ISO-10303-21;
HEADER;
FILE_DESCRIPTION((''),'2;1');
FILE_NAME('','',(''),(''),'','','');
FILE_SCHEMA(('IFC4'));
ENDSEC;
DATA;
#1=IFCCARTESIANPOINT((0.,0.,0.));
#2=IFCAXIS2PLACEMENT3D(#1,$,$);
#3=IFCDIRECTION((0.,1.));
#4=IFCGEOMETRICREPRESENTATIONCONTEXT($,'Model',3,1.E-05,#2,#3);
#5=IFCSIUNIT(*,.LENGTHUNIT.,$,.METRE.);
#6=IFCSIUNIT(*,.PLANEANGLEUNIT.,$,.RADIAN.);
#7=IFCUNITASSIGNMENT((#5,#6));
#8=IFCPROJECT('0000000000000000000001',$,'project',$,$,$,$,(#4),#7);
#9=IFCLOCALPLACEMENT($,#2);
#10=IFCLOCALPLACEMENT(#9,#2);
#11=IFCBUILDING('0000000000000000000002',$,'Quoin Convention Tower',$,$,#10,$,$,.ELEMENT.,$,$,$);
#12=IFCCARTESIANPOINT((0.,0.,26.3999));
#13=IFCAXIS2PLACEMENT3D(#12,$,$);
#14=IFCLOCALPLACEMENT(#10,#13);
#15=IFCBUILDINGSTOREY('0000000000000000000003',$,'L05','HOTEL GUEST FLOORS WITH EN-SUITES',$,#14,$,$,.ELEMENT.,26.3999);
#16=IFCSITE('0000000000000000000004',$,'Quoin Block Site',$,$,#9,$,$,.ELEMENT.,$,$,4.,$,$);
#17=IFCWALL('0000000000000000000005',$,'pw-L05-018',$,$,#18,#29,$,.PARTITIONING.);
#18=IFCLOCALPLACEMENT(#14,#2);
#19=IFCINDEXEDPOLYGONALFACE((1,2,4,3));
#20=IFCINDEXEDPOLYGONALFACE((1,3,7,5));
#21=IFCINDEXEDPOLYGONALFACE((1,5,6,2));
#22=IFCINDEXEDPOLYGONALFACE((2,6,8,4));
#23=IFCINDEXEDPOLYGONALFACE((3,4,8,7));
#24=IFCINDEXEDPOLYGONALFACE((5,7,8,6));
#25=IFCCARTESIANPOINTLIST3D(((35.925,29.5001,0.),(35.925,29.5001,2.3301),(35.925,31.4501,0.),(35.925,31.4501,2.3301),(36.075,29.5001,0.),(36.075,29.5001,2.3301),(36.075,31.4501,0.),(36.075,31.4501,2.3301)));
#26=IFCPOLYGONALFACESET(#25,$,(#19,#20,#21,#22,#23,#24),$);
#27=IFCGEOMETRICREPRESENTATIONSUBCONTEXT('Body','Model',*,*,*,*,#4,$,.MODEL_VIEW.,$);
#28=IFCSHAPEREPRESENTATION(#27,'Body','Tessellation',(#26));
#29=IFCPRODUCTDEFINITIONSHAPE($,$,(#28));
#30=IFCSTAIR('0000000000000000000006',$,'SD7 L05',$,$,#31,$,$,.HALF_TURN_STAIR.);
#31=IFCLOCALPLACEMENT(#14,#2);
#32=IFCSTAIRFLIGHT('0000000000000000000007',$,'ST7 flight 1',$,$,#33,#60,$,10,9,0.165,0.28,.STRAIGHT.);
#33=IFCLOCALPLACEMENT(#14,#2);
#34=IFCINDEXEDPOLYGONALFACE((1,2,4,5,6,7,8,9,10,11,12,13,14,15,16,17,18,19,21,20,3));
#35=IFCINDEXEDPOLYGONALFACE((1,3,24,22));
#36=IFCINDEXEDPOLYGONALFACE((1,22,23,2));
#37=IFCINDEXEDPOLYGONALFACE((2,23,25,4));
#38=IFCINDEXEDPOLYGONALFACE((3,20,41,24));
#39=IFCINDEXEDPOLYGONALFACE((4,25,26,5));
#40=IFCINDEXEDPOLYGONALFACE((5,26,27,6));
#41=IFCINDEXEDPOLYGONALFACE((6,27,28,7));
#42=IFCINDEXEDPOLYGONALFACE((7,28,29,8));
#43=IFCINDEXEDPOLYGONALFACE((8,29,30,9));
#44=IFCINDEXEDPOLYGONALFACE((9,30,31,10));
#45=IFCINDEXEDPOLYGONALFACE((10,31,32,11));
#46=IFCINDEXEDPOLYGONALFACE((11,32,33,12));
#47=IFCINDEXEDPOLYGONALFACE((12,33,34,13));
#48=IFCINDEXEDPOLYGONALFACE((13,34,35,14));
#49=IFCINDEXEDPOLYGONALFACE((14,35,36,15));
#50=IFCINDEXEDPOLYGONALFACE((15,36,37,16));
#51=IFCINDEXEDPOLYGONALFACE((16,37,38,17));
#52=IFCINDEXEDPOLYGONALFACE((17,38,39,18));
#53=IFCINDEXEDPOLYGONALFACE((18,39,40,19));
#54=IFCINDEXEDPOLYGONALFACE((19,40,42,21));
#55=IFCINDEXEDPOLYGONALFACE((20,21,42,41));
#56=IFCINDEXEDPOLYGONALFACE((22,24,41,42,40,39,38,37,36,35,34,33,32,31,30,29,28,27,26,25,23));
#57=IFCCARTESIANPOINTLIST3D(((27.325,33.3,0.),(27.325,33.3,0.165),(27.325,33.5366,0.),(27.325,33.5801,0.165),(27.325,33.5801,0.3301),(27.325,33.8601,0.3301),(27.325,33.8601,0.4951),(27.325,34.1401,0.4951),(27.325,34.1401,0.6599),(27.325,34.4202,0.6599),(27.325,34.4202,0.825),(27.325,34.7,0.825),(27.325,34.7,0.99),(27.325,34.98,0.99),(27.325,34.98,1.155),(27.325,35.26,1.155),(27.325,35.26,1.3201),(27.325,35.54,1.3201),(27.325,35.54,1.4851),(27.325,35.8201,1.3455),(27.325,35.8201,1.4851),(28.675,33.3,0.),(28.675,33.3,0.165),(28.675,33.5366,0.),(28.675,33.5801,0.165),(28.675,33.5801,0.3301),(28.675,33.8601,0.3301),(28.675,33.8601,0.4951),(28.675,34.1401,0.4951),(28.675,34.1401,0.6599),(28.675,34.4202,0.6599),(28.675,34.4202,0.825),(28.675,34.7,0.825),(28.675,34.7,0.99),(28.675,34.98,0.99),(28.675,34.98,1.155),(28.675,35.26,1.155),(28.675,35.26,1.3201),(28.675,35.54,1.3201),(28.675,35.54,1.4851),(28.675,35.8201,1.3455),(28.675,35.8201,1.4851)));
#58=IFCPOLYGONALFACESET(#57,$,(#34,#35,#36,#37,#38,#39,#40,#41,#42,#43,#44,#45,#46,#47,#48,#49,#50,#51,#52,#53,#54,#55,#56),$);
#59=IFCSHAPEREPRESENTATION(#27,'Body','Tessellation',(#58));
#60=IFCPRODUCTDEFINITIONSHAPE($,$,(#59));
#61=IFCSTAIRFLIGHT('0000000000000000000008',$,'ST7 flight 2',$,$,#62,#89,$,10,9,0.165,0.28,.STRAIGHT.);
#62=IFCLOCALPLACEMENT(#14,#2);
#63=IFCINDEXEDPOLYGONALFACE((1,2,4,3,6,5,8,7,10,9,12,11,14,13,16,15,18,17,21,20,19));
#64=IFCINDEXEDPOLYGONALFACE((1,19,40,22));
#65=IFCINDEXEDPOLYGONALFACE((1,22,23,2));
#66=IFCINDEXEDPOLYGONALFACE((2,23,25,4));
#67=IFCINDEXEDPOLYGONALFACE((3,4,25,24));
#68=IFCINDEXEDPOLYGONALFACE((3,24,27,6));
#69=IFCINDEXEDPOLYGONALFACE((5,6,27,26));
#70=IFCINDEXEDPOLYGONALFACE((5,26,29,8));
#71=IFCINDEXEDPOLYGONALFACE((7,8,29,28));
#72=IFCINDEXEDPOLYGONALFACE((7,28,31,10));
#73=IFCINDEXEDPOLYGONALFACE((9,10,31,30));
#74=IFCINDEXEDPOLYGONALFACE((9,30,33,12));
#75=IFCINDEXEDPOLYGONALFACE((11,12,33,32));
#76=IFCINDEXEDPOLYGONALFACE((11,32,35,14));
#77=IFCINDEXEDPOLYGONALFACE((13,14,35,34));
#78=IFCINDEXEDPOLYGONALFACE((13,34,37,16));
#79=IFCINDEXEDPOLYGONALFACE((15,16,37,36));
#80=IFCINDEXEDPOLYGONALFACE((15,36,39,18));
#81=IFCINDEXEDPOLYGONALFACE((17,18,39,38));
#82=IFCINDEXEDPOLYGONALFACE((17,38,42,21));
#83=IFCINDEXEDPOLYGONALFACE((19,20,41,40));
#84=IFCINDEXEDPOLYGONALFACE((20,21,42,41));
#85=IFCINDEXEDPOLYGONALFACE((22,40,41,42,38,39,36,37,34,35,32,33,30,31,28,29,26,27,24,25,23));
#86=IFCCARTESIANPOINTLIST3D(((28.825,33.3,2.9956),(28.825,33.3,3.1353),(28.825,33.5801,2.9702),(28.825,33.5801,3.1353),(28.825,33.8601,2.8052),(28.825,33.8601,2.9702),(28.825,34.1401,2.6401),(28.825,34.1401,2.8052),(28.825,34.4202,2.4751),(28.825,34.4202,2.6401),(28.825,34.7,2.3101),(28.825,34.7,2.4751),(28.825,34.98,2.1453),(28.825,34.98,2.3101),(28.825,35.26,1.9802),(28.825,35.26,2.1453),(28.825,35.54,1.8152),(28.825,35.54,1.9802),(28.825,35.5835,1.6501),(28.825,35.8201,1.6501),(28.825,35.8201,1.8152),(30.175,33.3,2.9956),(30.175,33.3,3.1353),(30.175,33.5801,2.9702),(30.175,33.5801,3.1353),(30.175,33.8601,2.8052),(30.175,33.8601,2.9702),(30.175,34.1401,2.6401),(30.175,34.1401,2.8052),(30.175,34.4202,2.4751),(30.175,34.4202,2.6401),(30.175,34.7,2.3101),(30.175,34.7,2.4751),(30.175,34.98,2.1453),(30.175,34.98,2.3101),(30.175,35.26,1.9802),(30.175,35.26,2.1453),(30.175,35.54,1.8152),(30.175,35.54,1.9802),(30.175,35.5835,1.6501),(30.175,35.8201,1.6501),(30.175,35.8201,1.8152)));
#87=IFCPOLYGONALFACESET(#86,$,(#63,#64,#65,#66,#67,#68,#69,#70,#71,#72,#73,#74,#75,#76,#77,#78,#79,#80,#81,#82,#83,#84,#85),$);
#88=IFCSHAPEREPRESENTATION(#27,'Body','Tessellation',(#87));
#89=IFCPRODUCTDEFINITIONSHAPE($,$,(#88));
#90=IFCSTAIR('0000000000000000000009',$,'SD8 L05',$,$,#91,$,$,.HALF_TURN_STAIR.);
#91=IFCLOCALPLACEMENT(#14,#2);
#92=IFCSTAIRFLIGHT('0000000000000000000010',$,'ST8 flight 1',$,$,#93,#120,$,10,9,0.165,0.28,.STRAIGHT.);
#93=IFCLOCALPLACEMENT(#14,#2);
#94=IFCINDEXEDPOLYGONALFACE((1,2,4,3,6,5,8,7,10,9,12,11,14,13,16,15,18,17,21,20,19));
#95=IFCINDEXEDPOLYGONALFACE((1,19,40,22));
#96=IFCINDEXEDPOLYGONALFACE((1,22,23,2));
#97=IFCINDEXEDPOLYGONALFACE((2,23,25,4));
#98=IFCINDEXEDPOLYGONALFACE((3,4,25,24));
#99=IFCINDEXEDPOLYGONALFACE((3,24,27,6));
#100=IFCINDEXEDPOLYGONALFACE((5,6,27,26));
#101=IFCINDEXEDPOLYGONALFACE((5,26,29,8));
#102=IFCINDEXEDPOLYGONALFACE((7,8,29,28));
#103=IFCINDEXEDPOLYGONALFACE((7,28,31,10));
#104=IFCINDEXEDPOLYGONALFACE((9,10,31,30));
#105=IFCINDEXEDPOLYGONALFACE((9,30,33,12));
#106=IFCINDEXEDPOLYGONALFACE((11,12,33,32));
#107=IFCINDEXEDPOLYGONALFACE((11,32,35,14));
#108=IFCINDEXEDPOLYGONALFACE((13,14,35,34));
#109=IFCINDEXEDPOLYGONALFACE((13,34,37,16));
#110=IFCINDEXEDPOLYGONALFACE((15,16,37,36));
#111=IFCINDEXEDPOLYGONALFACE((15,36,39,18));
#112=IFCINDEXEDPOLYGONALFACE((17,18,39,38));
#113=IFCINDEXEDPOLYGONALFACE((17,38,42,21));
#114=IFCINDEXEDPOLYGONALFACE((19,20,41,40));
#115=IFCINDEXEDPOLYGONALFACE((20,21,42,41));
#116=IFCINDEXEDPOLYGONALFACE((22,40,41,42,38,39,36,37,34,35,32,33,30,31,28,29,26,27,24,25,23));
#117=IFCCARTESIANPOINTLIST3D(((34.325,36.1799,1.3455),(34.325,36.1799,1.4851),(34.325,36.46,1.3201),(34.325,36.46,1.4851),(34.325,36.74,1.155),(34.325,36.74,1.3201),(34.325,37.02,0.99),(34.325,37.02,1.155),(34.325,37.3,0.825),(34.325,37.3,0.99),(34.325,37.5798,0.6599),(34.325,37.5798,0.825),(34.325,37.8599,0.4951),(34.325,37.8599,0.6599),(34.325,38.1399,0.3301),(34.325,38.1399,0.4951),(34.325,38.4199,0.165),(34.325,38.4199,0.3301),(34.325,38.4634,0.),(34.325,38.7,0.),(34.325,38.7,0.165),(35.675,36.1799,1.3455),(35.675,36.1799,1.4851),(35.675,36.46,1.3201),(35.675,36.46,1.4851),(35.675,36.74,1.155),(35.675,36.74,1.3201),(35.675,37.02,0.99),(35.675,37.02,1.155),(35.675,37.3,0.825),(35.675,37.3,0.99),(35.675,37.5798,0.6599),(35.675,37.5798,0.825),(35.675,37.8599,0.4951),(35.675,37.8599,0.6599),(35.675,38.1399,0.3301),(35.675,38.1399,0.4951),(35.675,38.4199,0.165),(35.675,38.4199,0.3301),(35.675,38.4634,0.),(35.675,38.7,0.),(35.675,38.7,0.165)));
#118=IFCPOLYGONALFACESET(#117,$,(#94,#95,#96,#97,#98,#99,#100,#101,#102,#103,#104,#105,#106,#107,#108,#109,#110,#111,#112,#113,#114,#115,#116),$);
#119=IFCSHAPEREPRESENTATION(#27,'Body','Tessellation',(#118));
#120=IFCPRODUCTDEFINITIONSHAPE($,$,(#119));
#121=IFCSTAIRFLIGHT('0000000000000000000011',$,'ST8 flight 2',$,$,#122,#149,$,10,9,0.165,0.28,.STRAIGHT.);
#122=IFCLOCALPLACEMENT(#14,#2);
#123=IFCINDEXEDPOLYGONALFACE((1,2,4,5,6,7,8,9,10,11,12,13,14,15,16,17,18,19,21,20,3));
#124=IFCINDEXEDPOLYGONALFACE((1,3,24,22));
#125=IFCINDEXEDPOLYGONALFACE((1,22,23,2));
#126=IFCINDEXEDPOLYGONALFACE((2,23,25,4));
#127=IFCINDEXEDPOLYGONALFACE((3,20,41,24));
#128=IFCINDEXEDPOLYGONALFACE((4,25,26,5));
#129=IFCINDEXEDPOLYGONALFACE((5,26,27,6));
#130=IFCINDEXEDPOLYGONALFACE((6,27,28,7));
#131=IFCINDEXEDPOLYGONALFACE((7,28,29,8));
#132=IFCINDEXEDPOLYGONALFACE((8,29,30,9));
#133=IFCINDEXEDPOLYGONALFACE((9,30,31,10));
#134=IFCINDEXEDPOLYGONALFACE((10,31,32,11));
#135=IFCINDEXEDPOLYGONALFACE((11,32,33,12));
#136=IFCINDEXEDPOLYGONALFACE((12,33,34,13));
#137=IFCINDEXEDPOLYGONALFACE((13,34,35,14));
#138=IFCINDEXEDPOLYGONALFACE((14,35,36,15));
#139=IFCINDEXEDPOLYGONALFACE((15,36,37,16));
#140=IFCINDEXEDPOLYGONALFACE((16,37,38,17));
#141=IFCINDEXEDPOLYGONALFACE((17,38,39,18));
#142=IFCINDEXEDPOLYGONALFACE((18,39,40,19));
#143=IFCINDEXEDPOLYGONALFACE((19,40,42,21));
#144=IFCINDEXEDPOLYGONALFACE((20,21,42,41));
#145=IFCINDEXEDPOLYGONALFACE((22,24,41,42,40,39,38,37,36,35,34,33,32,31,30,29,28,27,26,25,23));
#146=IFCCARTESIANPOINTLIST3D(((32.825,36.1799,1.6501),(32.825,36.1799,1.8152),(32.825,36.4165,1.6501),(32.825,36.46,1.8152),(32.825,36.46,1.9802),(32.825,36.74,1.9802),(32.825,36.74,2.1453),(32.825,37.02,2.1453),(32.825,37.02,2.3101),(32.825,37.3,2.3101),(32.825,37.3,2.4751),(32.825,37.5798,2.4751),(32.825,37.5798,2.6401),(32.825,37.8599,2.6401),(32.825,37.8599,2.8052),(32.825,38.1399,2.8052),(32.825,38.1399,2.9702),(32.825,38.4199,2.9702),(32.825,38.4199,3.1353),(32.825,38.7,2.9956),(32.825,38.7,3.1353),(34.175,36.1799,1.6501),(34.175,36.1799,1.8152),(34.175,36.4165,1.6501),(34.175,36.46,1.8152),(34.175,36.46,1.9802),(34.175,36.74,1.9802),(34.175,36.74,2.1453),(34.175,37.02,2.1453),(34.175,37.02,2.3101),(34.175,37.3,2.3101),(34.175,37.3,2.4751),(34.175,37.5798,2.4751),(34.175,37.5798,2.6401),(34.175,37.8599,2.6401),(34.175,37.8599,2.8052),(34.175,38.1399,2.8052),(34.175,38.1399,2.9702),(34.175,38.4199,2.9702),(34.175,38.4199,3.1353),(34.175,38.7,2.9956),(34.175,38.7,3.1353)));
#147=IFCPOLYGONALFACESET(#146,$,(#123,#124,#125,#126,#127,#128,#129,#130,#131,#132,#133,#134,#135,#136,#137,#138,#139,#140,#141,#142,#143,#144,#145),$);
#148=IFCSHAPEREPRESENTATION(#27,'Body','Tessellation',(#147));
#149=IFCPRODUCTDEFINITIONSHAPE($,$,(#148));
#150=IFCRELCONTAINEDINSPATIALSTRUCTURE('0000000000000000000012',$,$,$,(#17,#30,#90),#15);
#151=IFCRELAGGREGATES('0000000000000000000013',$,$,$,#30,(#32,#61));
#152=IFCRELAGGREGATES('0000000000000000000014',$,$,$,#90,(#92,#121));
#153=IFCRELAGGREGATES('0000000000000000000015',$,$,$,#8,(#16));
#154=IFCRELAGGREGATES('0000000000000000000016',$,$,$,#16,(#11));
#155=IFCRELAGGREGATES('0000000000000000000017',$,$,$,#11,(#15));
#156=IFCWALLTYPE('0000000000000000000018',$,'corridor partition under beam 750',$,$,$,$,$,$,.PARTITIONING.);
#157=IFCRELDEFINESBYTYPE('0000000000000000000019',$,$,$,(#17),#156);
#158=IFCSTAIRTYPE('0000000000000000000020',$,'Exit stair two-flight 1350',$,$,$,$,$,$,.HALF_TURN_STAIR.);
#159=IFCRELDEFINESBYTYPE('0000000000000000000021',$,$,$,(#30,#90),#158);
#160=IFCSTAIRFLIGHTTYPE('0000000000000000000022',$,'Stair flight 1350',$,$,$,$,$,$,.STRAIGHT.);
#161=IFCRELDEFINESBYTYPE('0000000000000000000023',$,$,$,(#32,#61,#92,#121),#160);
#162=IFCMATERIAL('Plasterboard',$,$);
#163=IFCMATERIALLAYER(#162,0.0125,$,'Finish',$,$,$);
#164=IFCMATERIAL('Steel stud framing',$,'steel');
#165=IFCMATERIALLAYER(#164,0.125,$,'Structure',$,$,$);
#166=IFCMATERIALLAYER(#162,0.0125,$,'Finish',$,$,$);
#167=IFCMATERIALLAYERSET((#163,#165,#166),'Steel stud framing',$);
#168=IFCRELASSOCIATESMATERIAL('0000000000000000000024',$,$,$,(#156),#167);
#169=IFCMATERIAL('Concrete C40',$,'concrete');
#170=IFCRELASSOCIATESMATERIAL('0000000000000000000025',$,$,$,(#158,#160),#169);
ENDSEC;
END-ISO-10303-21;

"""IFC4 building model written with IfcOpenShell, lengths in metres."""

from ifc_helpers import new_model, si_unit, direction, frame, frame_2d, origin, place, context, subcontext, project, spatial, polyline, rectangle, outline, extrude, material, layer, layer_set, type_object, element, aggregate, save


model = new_model("IFC4")

# Units and contexts
model_context = context("Model", 3, precision=1e-05, world=origin(), true_north=direction((0.0, 1.0)))
body_context = subcontext(model_context, "Body", "Model", "MODEL_VIEW")
ifc_project = project(units=[si_unit("LENGTHUNIT", "METRE"), si_unit("PLANEANGLEUNIT", "RADIAN")], contexts=[model_context])

# Site, building, storey
site_placement = place(None, origin())
site = spatial("IfcSite", under=ifc_project, at=site_placement, Name="Quoin Block Site", CompositionType="ELEMENT", RefElevation=4.0)
building_placement = place(site_placement, origin())
building = spatial("IfcBuilding", under=site, at=building_placement, Name="Quoin Convention Tower", CompositionType="ELEMENT")
storey_placement = place(building_placement, frame((0.0, 0.0, 26.3999)))
storey = spatial("IfcBuildingStorey", under=building, at=storey_placement, Name="L05", Description="HOTEL GUEST FLOORS WITH EN-SUITES", CompositionType="ELEMENT", Elevation=26.3999)

# Wall
ifc_material_1 = material(Name="Plasterboard")
ifc_material_2 = material(Name="Steel stud framing", Category="steel")
ifc_layer_1 = layer(ifc_material_1, 0.0125, Name="Finish")
ifc_layer_2 = layer(ifc_material_2, 0.125, Name="Structure")
ifc_layer_3 = layer(ifc_material_1, 0.0125, Name="Finish")
ifc_layer_set_1 = layer_set([ifc_layer_1, ifc_layer_2, ifc_layer_3], Name="Steel stud framing")
wall_type_1 = type_object("IfcWallType", Name="corridor partition under beam 750", PredefinedType="PARTITIONING", material=ifc_layer_set_1)
wall_1_placement = place(storey_placement, frame((36.0, 29.5, 0.0), z_axis=(0.0, 0.0, 1.0), x_axis=(0.0, 1.0, 0.0)))
element("IfcWall", 1, at=wall_1_placement, inside=storey, type_object=wall_type_1, Name="pw-L05-018", PredefinedType="PARTITIONING", context=body_context, shape_type="SweptSolid", body=[
    extrude(rectangle(XDim=1.95, YDim=0.1499, at=frame_2d((0.9751, 0.0))), origin(), (0.0, 0.0, 1.0), 2.3301),
])

# Stairs, stair flights
ifc_material_3 = material(Name="Concrete C40", Category="concrete")
stair_type = type_object("IfcStairType", Name="Exit stair two-flight 1350", PredefinedType="HALF_TURN_STAIR", material=ifc_material_3)
stair_1_placement = place(storey_placement, origin())
stair_1 = element("IfcStair", 2, at=stair_1_placement, inside=storey, type_object=stair_type, Name="SD7 L05", PredefinedType="HALF_TURN_STAIR")
stair_flight_type = type_object("IfcStairFlightType", Name="Stair flight 1350", PredefinedType="STRAIGHT", material=ifc_material_3)
stair_flight_1_placement = place(storey_placement, frame((28.0, 33.3, 0.0), z_axis=(0.0, 0.0, 1.0), x_axis=(0.0, 1.0, 0.0)))
stair_flight_1 = element("IfcStairFlight", 3, at=stair_flight_1_placement, type_object=stair_flight_type, Name="ST7 flight 1", NumberOfRisers=10, NumberOfTreads=9, PredefinedType="STRAIGHT", RiserHeight=0.165, TreadLength=0.28, context=body_context, shape_type="SweptSolid", body=[
    extrude(outline(polyline([(0.0, 0.0), (0.0, 0.165), (0.28, 0.165), (0.28, 0.3301), (0.5601, 0.3301), (0.5601, 0.4951), (0.8401, 0.4951), (0.8401, 0.6599), (1.1201, 0.6599), (1.1201, 0.825), (1.3999, 0.825), (1.3999, 0.99), (1.6799, 0.99), (1.6799, 1.155), (1.96, 1.155), (1.96, 1.3201), (2.24, 1.3201), (2.24, 1.4851), (2.52, 1.4851), (2.52, 1.6499), (2.52, 1.3455), (0.2366, 0.0), (0.0, 0.0)])), frame((0.0, 0.675, 0.0), z_axis=(0.0, -1.0, 0.0), x_axis=(1.0, 0.0, 0.0)), (0.0, 0.0, 1.0), 1.3501),
])
stair_flight_2_placement = place(storey_placement, frame((29.5, 35.8201, 1.6501), z_axis=(0.0, 0.0, 1.0), x_axis=(0.0, -1.0, 0.0)))
stair_flight_2 = element("IfcStairFlight", 4, at=stair_flight_2_placement, type_object=stair_flight_type, Name="ST7 flight 2", NumberOfRisers=10, NumberOfTreads=9, PredefinedType="STRAIGHT", RiserHeight=0.165, TreadLength=0.28, context=body_context, shape_type="SweptSolid", body=[
    extrude(outline(polyline([(0.0, 0.0), (0.0, 0.165), (0.28, 0.165), (0.28, 0.3301), (0.5601, 0.3301), (0.5601, 0.4951), (0.8401, 0.4951), (0.8401, 0.6599), (1.1201, 0.6599), (1.1201, 0.825), (1.3999, 0.825), (1.3999, 0.99), (1.6799, 0.99), (1.6799, 1.155), (1.96, 1.155), (1.96, 1.3201), (2.24, 1.3201), (2.24, 1.4851), (2.52, 1.4851), (2.52, 1.6499), (2.52, 1.3455), (0.2366, 0.0), (0.0, 0.0)])), frame((0.0, 0.675, 0.0), z_axis=(0.0, -1.0, 0.0), x_axis=(1.0, 0.0, 0.0)), (0.0, 0.0, 1.0), 1.3501),
])
aggregate(stair_1, [stair_flight_1, stair_flight_2])
stair_2_placement = place(storey_placement, origin())
stair_2 = element("IfcStair", 5, at=stair_2_placement, inside=storey, type_object=stair_type, Name="SD8 L05", PredefinedType="HALF_TURN_STAIR")
stair_flight_3_placement = place(storey_placement, frame((35.0, 38.7, 0.0), z_axis=(0.0, 0.0, 1.0), x_axis=(0.0, -1.0, 0.0)))
stair_flight_3 = element("IfcStairFlight", 6, at=stair_flight_3_placement, type_object=stair_flight_type, Name="ST8 flight 1", NumberOfRisers=10, NumberOfTreads=9, PredefinedType="STRAIGHT", RiserHeight=0.165, TreadLength=0.28, context=body_context, shape_type="SweptSolid", body=[
    extrude(outline(polyline([(0.0, 0.0), (0.0, 0.165), (0.28, 0.165), (0.28, 0.3301), (0.5601, 0.3301), (0.5601, 0.4951), (0.8401, 0.4951), (0.8401, 0.6599), (1.1201, 0.6599), (1.1201, 0.825), (1.3999, 0.825), (1.3999, 0.99), (1.6799, 0.99), (1.6799, 1.155), (1.96, 1.155), (1.96, 1.3201), (2.24, 1.3201), (2.24, 1.4851), (2.52, 1.4851), (2.52, 1.6499), (2.52, 1.3455), (0.2366, 0.0), (0.0, 0.0)])), frame((0.0, 0.675, 0.0), z_axis=(0.0, -1.0, 0.0), x_axis=(1.0, 0.0, 0.0)), (0.0, 0.0, 1.0), 1.3501),
])
stair_flight_4_placement = place(storey_placement, frame((33.5, 36.1799, 1.6501), z_axis=(0.0, 0.0, 1.0), x_axis=(0.0, 1.0, 0.0)))
stair_flight_4 = element("IfcStairFlight", 7, at=stair_flight_4_placement, type_object=stair_flight_type, Name="ST8 flight 2", NumberOfRisers=10, NumberOfTreads=9, PredefinedType="STRAIGHT", RiserHeight=0.165, TreadLength=0.28, context=body_context, shape_type="SweptSolid", body=[
    extrude(outline(polyline([(0.0, 0.0), (0.0, 0.165), (0.28, 0.165), (0.28, 0.3301), (0.5601, 0.3301), (0.5601, 0.4951), (0.8401, 0.4951), (0.8401, 0.6599), (1.1201, 0.6599), (1.1201, 0.825), (1.3999, 0.825), (1.3999, 0.99), (1.6799, 0.99), (1.6799, 1.155), (1.96, 1.155), (1.96, 1.3201), (2.24, 1.3201), (2.24, 1.4851), (2.52, 1.4851), (2.52, 1.6499), (2.52, 1.3455), (0.2366, 0.0), (0.0, 0.0)])), frame((0.0, 0.675, 0.0), z_axis=(0.0, -1.0, 0.0), x_axis=(1.0, 0.0, 0.0)), (0.0, 0.0, 1.0), 1.3501),
])
aggregate(stair_2, [stair_flight_3, stair_flight_4])

save(model, "model.ifc")
